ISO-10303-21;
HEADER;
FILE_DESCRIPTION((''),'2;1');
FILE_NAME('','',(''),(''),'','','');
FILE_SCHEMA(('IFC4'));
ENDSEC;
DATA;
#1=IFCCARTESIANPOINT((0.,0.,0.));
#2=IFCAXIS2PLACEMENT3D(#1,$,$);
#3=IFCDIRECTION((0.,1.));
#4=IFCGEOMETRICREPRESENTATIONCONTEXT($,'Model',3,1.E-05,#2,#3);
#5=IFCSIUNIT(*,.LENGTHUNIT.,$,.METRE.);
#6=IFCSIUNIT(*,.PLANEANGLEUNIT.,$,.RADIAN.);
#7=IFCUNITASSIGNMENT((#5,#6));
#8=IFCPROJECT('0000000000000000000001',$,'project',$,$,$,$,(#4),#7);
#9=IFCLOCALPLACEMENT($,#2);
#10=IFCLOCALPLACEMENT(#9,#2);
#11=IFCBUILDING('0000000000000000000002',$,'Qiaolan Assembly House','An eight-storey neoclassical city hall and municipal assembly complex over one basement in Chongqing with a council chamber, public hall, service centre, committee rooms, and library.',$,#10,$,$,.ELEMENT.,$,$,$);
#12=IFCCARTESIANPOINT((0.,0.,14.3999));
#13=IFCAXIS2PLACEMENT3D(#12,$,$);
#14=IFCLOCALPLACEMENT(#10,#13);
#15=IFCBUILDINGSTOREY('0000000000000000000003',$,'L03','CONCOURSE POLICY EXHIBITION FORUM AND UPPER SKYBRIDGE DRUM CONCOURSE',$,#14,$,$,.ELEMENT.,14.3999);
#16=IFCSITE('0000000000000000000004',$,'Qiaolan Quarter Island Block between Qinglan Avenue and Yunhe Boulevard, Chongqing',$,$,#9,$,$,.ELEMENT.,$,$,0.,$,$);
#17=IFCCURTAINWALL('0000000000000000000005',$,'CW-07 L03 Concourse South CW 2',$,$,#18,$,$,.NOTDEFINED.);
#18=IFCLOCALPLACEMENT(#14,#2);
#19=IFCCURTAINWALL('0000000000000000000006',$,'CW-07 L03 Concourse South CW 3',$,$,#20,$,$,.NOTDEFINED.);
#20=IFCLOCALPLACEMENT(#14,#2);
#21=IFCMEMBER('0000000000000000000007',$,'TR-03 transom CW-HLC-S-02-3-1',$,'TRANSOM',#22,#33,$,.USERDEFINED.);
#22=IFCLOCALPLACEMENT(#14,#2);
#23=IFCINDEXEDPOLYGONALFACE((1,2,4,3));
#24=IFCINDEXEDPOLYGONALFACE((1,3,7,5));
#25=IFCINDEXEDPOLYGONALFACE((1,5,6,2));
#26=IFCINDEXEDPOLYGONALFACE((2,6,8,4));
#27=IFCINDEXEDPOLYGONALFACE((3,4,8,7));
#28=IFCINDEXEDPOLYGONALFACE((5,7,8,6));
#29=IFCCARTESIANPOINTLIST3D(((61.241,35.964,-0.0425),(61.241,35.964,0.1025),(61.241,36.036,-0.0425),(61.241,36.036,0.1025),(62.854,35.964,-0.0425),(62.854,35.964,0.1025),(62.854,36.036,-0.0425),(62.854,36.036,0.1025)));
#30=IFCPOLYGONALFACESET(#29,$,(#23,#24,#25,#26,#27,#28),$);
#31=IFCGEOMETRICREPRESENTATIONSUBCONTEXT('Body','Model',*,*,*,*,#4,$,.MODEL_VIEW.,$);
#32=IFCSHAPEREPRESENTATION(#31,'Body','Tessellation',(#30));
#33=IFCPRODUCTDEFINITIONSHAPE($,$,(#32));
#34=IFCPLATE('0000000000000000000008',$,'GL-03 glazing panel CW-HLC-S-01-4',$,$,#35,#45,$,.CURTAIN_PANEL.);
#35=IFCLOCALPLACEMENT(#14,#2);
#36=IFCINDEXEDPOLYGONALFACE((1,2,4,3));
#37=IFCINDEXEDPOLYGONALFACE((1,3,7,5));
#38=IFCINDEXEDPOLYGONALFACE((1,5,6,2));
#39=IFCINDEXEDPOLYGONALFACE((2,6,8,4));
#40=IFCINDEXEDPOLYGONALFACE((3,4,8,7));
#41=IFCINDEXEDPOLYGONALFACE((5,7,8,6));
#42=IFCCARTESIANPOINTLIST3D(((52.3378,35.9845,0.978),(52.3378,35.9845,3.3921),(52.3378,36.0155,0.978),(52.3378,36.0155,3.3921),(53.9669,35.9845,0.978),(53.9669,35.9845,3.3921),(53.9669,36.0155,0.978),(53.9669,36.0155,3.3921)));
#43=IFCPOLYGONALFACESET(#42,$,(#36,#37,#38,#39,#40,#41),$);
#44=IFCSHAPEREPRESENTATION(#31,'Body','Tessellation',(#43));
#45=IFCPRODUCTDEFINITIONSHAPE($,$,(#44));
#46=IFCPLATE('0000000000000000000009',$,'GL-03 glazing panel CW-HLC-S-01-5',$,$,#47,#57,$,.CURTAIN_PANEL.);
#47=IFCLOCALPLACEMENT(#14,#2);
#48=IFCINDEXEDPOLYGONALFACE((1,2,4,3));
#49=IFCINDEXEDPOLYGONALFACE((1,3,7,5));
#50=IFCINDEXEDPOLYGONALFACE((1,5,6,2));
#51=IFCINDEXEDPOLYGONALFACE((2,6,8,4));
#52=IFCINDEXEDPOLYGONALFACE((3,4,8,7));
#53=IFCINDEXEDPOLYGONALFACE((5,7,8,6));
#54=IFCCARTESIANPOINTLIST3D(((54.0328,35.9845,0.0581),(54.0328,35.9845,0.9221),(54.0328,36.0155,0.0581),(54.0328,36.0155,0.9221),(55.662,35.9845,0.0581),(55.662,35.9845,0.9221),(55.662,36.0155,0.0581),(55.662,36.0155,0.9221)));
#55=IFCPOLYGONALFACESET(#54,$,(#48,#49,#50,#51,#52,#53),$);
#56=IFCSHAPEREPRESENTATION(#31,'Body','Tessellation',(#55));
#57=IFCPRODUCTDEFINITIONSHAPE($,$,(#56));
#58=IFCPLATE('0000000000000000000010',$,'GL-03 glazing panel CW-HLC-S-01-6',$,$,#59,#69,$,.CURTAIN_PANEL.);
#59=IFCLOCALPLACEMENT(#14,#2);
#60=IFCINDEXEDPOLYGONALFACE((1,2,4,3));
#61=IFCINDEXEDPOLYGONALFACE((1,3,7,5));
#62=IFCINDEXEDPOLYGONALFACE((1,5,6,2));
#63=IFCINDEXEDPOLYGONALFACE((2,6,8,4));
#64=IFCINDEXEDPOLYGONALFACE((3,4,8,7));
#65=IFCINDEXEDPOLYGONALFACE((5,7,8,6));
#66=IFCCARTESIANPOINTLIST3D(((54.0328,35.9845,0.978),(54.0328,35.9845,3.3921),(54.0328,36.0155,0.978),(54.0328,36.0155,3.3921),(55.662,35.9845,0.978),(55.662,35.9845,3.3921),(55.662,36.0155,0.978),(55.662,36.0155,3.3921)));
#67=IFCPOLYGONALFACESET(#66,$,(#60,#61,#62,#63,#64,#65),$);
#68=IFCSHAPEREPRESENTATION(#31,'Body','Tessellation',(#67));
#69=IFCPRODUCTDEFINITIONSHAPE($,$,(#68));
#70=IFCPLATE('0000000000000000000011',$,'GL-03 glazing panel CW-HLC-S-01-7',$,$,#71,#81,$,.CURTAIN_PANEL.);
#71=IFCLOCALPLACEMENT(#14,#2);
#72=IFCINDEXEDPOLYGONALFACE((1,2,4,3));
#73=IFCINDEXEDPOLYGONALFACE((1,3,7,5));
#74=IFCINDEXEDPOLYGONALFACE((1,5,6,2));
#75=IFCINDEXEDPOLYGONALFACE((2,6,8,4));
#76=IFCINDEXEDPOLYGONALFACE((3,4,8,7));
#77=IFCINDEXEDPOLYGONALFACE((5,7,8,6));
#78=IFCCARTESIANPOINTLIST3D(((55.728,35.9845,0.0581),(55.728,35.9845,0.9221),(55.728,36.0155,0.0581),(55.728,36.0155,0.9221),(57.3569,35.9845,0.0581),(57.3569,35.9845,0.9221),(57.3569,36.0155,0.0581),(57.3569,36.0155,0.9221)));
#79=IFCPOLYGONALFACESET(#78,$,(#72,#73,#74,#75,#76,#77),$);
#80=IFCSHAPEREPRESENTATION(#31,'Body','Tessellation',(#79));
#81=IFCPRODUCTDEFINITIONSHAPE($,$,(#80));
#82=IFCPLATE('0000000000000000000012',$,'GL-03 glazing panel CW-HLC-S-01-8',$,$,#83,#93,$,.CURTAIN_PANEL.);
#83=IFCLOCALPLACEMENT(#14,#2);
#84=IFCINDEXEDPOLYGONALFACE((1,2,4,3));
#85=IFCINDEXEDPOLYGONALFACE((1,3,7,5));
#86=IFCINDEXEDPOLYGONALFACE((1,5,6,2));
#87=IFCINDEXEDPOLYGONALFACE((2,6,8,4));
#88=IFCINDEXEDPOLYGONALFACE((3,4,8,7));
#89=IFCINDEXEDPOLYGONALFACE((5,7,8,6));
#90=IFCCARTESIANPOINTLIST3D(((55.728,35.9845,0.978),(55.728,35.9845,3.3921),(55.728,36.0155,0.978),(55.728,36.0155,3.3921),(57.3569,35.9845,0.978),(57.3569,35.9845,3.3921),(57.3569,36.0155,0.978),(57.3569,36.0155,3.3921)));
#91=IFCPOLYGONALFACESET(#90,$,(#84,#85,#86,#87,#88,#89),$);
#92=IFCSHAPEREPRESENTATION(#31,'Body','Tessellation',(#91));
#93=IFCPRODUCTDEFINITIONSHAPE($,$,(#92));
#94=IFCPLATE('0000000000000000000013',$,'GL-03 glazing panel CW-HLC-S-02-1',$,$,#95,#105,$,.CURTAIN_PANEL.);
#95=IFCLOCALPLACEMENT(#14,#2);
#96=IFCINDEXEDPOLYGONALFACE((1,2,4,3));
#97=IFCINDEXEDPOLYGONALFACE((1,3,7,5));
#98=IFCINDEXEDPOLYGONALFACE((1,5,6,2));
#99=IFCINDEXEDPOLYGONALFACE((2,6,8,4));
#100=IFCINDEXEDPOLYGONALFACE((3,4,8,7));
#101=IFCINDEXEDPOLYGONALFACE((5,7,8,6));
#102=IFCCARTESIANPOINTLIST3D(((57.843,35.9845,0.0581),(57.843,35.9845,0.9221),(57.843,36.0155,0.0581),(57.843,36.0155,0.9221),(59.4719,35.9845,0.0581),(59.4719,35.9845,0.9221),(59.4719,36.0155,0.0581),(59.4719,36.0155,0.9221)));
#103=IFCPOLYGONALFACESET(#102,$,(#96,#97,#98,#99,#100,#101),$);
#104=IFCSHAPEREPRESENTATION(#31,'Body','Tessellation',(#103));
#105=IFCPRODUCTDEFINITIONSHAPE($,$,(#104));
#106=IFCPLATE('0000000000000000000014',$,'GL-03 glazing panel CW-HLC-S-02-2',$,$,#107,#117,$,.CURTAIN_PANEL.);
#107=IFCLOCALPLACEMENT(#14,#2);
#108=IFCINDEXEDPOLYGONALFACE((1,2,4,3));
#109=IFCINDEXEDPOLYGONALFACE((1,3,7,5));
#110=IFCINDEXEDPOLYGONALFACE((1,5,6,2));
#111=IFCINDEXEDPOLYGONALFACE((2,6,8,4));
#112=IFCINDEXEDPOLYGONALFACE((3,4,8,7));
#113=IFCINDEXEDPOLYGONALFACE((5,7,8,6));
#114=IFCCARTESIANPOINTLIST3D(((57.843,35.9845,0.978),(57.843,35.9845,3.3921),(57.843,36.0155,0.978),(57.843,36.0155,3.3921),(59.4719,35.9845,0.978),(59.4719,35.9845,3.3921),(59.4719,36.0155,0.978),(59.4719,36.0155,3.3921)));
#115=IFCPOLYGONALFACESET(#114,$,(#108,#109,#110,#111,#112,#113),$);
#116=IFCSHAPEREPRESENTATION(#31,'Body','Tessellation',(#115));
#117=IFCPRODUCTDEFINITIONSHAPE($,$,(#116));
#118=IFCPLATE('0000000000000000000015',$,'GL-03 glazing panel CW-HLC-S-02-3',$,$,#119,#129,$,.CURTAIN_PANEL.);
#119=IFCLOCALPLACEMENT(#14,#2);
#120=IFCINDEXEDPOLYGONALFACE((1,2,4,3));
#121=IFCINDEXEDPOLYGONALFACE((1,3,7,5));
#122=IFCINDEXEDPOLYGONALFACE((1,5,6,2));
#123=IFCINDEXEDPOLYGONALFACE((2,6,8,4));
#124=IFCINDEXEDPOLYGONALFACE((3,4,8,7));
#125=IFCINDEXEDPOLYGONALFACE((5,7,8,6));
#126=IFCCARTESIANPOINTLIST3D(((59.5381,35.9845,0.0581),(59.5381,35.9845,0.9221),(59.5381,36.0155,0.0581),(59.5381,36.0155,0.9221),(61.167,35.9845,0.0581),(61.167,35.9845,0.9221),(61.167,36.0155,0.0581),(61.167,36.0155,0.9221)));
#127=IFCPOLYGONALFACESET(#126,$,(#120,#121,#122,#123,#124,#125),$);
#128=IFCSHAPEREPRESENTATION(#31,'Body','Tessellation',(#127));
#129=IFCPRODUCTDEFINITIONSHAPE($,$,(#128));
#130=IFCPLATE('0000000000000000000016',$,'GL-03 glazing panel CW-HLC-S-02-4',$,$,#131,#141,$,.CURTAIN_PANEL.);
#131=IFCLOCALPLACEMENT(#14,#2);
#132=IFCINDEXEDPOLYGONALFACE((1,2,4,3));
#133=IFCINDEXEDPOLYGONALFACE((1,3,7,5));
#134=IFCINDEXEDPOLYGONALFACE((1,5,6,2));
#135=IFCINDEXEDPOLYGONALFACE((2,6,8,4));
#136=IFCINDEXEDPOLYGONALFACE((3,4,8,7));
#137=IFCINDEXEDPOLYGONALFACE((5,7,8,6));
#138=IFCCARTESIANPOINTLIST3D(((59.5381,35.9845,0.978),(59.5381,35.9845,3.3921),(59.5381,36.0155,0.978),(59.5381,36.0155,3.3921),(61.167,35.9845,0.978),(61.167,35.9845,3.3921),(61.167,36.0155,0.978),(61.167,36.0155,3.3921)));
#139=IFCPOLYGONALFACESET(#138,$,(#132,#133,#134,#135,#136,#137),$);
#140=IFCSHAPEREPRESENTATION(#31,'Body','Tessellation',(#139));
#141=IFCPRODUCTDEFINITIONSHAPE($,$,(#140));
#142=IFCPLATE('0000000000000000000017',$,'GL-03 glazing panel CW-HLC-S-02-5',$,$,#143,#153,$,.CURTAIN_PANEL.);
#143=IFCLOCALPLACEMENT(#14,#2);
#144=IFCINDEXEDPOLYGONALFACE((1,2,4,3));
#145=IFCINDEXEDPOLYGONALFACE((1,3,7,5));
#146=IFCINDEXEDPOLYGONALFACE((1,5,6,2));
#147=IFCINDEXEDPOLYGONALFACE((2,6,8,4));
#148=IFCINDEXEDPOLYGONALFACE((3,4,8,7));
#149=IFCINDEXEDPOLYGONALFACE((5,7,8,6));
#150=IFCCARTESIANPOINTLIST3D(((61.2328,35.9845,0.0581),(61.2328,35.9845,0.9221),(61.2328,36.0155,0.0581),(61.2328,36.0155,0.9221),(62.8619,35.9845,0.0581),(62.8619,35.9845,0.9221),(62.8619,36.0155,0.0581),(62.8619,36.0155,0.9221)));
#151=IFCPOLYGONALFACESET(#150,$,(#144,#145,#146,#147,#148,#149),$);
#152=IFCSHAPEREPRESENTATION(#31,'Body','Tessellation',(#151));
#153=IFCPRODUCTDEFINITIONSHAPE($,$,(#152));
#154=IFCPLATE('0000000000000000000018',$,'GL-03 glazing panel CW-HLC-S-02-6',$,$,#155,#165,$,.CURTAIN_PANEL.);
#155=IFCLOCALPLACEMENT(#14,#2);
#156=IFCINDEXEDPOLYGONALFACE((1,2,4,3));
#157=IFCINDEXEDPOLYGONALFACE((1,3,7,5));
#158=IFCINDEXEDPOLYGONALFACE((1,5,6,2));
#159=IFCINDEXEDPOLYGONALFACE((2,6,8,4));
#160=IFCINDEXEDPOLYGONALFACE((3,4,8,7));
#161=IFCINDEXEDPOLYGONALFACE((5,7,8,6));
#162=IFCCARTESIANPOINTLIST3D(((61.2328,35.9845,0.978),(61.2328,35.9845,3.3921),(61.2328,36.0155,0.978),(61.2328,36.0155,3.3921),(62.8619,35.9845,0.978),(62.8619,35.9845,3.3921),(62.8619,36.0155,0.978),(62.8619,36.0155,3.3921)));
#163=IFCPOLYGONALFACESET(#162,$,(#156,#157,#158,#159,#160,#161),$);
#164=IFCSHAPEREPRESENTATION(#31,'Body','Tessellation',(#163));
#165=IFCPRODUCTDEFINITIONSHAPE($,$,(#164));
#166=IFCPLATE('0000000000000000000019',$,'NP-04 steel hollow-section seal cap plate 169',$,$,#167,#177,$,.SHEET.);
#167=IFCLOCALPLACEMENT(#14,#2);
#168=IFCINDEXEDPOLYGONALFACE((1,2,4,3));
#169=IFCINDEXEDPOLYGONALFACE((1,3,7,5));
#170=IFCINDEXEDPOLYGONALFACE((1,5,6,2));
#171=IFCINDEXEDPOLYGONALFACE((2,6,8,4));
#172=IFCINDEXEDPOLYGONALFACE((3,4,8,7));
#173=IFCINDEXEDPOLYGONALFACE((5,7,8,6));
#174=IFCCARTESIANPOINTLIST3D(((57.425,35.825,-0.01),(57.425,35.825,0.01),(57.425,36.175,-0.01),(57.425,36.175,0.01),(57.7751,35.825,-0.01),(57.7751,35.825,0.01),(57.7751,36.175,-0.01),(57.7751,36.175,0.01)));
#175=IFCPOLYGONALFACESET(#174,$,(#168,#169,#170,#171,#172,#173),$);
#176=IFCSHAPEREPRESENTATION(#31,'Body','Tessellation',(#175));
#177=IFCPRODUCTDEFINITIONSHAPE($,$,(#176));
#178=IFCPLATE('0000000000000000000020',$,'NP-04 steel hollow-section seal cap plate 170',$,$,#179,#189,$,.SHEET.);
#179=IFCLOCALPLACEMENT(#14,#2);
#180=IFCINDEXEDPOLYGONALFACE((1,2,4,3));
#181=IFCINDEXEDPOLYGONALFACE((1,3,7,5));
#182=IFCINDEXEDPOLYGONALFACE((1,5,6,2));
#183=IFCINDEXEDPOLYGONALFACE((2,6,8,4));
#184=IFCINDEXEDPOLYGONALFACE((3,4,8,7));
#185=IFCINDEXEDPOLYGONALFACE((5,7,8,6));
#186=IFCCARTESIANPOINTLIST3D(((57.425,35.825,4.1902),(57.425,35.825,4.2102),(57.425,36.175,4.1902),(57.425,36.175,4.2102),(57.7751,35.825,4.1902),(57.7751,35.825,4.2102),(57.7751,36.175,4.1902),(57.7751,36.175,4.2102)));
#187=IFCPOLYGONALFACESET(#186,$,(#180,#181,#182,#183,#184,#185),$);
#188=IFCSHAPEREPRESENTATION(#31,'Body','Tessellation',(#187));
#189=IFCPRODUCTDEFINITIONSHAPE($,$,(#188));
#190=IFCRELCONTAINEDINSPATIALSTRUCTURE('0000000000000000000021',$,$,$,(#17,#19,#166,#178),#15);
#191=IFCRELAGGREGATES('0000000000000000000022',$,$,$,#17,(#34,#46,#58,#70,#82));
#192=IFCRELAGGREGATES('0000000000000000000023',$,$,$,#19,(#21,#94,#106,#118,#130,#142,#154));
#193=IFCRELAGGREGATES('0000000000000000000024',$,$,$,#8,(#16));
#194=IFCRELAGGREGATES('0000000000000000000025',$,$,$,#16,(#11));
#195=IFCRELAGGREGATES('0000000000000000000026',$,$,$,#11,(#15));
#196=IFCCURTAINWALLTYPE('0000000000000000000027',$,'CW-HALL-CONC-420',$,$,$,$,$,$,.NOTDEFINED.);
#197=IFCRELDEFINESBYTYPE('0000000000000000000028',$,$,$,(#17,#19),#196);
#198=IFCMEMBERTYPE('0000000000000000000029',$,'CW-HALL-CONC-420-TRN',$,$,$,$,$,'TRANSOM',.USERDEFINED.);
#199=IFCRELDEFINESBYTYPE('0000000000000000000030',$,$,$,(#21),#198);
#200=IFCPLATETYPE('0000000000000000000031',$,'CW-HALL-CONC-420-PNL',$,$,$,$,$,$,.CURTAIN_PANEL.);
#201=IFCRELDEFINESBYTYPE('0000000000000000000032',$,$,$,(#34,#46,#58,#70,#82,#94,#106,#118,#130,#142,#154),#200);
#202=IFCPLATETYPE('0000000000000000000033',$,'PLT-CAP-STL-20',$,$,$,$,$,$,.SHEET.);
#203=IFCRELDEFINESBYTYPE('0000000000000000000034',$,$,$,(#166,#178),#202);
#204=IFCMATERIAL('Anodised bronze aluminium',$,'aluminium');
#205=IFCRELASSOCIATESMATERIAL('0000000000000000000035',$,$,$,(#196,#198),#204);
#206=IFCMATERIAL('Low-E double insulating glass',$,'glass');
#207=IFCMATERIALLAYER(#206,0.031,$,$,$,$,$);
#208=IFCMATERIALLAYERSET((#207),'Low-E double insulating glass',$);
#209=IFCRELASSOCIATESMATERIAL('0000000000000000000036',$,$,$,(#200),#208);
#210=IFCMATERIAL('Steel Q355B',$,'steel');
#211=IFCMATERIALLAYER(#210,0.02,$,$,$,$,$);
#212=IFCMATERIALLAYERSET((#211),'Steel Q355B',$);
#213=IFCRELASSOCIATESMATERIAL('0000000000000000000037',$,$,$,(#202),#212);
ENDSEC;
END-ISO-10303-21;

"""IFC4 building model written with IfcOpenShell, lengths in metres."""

from ifc_helpers import new_model, si_unit, direction, frame, frame_2d, origin, origin_2d, place, context, subcontext, project, spatial, rectangle, extrude, material, layer, layer_set, material_profile, profile_set, type_object, element, aggregate, save


model = new_model("IFC4")

# Units and contexts
model_context = context("Model", 3, precision=1e-05, world=origin(), true_north=direction((0.0, 1.0)))
body_context = subcontext(model_context, "Body", "Model", "MODEL_VIEW")
ifc_project = project(units=[si_unit("LENGTHUNIT", "METRE"), si_unit("PLANEANGLEUNIT", "RADIAN")], contexts=[model_context])

# Site, building, storey
site_placement = place(None, origin())
site = spatial("IfcSite", under=ifc_project, at=site_placement, Name="Qiaolan Quarter Island Block between Qinglan Avenue and Yunhe Boulevard, Chongqing", CompositionType="ELEMENT", RefElevation=0.0)
building_placement = place(site_placement, origin())
building = spatial("IfcBuilding", under=site, at=building_placement, Name="Qiaolan Assembly House", Description="An eight-storey neoclassical city hall and municipal assembly complex over one basement in Chongqing with a council chamber, public hall, service centre, committee rooms, and library.", CompositionType="ELEMENT")
storey_placement = place(building_placement, frame((0.0, 0.0, 14.3999)))
storey = spatial("IfcBuildingStorey", under=building, at=storey_placement, Name="L03", Description="CONCOURSE POLICY EXHIBITION FORUM AND UPPER SKYBRIDGE DRUM CONCOURSE", CompositionType="ELEMENT", Elevation=14.3999)

# Shared definitions
ifc_material_1 = material(Name="Steel Q355B", Category="steel")

# Curtain walls
ifc_material_2 = material(Name="Anodised bronze aluminium", Category="aluminium")
curtain_wall_type = type_object("IfcCurtainWallType", Name="CW-HALL-CONC-420", PredefinedType="NOTDEFINED", material=ifc_material_2)
curtain_wall_1_placement = place(storey_placement, origin())
curtain_wall_1 = element("IfcCurtainWall", 1, at=curtain_wall_1_placement, inside=storey, type_object=curtain_wall_type, Name="CW-07 L03 Concourse South CW 2", PredefinedType="NOTDEFINED")
curtain_wall_2_placement = place(storey_placement, origin())
curtain_wall_2 = element("IfcCurtainWall", 2, at=curtain_wall_2_placement, inside=storey, type_object=curtain_wall_type, Name="CW-07 L03 Concourse South CW 3", PredefinedType="NOTDEFINED")

# Member
ifc_material_profile_1 = material_profile(ifc_material_2, rectangle(XDim=0.072, YDim=0.145, at=origin_2d()), Name="TRN 72x145")
ifc_profile_set_1 = profile_set([ifc_material_profile_1], Name="Anodised bronze aluminium")
member_type_1 = type_object("IfcMemberType", Name="CW-HALL-CONC-420-TRN", ElementType="TRANSOM", PredefinedType="USERDEFINED", material=ifc_profile_set_1)
member_1_placement = place(storey_placement, frame((61.241, 36.0, 0.03), z_axis=(1.0, 0.0, 0.0), x_axis=(0.0, 1.0, 0.0)))
member_1 = element("IfcMember", 3, at=member_1_placement, type_object=member_type_1, Name="TR-03 transom CW-HLC-S-02-3-1", ObjectType="TRANSOM", PredefinedType="USERDEFINED", context=body_context, shape_type="SweptSolid", body=[
    extrude(rectangle(XDim=0.072, YDim=0.145, at=origin_2d()), origin(), (0.0, 0.0, 1.0), 1.613),
])

# Plates
ifc_material_3 = material(Name="Low-E double insulating glass", Category="glass")
ifc_layer_1 = layer(ifc_material_3, 0.031)
ifc_layer_set_1 = layer_set([ifc_layer_1], Name="Low-E double insulating glass")
plate_type_1 = type_object("IfcPlateType", Name="CW-HALL-CONC-420-PNL", PredefinedType="CURTAIN_PANEL", material=ifc_layer_set_1)
plate_1_placement = place(storey_placement, frame((52.3379, 36.0, 0.978), z_axis=(0.0, 0.0, 1.0), x_axis=(1.0, 0.0, 0.0)))
plate_1 = element("IfcPlate", 4, at=plate_1_placement, type_object=plate_type_1, Name="GL-03 glazing panel CW-HLC-S-01-4", PredefinedType="CURTAIN_PANEL", context=body_context, shape_type="SweptSolid", body=[
    extrude(rectangle(XDim=1.6292, YDim=0.031, at=frame_2d((0.8145, 0.0))), origin(), (0.0, 0.0, 1.0), 2.4141),
])
plate_2_placement = place(storey_placement, frame((54.033, 36.0, 0.0581), z_axis=(0.0, 0.0, 1.0), x_axis=(1.0, 0.0, 0.0)))
plate_2 = element("IfcPlate", 5, at=plate_2_placement, type_object=plate_type_1, Name="GL-03 glazing panel CW-HLC-S-01-5", PredefinedType="CURTAIN_PANEL", context=body_context, shape_type="SweptSolid", body=[
    extrude(rectangle(XDim=1.6292, YDim=0.031, at=frame_2d((0.8145, 0.0))), origin(), (0.0, 0.0, 1.0), 0.864),
])
plate_3_placement = place(storey_placement, frame((54.033, 36.0, 0.978), z_axis=(0.0, 0.0, 1.0), x_axis=(1.0, 0.0, 0.0)))
plate_3 = element("IfcPlate", 6, at=plate_3_placement, type_object=plate_type_1, Name="GL-03 glazing panel CW-HLC-S-01-6", PredefinedType="CURTAIN_PANEL", context=body_context, shape_type="SweptSolid", body=[
    extrude(rectangle(XDim=1.6292, YDim=0.031, at=frame_2d((0.8145, 0.0))), origin(), (0.0, 0.0, 1.0), 2.4141),
])
plate_4_placement = place(storey_placement, frame((55.728, 36.0, 0.0581), z_axis=(0.0, 0.0, 1.0), x_axis=(1.0, 0.0, 0.0)))
plate_4 = element("IfcPlate", 7, at=plate_4_placement, type_object=plate_type_1, Name="GL-03 glazing panel CW-HLC-S-01-7", PredefinedType="CURTAIN_PANEL", context=body_context, shape_type="SweptSolid", body=[
    extrude(rectangle(XDim=1.6289, YDim=0.031, at=frame_2d((0.8145, 0.0))), origin(), (0.0, 0.0, 1.0), 0.864),
])
plate_5_placement = place(storey_placement, frame((55.728, 36.0, 0.978), z_axis=(0.0, 0.0, 1.0), x_axis=(1.0, 0.0, 0.0)))
plate_5 = element("IfcPlate", 8, at=plate_5_placement, type_object=plate_type_1, Name="GL-03 glazing panel CW-HLC-S-01-8", PredefinedType="CURTAIN_PANEL", context=body_context, shape_type="SweptSolid", body=[
    extrude(rectangle(XDim=1.6289, YDim=0.031, at=frame_2d((0.8145, 0.0))), origin(), (0.0, 0.0, 1.0), 2.4141),
])
aggregate(curtain_wall_1, [plate_1, plate_2, plate_3, plate_4, plate_5])
plate_6_placement = place(storey_placement, frame((57.843, 36.0, 0.0581), z_axis=(0.0, 0.0, 1.0), x_axis=(1.0, 0.0, 0.0)))
plate_6 = element("IfcPlate", 9, at=plate_6_placement, type_object=plate_type_1, Name="GL-03 glazing panel CW-HLC-S-02-1", PredefinedType="CURTAIN_PANEL", context=body_context, shape_type="SweptSolid", body=[
    extrude(rectangle(XDim=1.6289, YDim=0.031, at=frame_2d((0.8145, 0.0))), origin(), (0.0, 0.0, 1.0), 0.864),
])
plate_7_placement = place(storey_placement, frame((57.843, 36.0, 0.978), z_axis=(0.0, 0.0, 1.0), x_axis=(1.0, 0.0, 0.0)))
plate_7 = element("IfcPlate", 10, at=plate_7_placement, type_object=plate_type_1, Name="GL-03 glazing panel CW-HLC-S-02-2", PredefinedType="CURTAIN_PANEL", context=body_context, shape_type="SweptSolid", body=[
    extrude(rectangle(XDim=1.6289, YDim=0.031, at=frame_2d((0.8145, 0.0))), origin(), (0.0, 0.0, 1.0), 2.4141),
])
plate_8_placement = place(storey_placement, frame((59.5381, 36.0, 0.0581), z_axis=(0.0, 0.0, 1.0), x_axis=(1.0, 0.0, 0.0)))
plate_8 = element("IfcPlate", 11, at=plate_8_placement, type_object=plate_type_1, Name="GL-03 glazing panel CW-HLC-S-02-3", PredefinedType="CURTAIN_PANEL", context=body_context, shape_type="SweptSolid", body=[
    extrude(rectangle(XDim=1.6289, YDim=0.031, at=frame_2d((0.8145, 0.0))), origin(), (0.0, 0.0, 1.0), 0.864),
])
plate_9_placement = place(storey_placement, frame((59.5381, 36.0, 0.978), z_axis=(0.0, 0.0, 1.0), x_axis=(1.0, 0.0, 0.0)))
plate_9 = element("IfcPlate", 12, at=plate_9_placement, type_object=plate_type_1, Name="GL-03 glazing panel CW-HLC-S-02-4", PredefinedType="CURTAIN_PANEL", context=body_context, shape_type="SweptSolid", body=[
    extrude(rectangle(XDim=1.6289, YDim=0.031, at=frame_2d((0.8145, 0.0))), origin(), (0.0, 0.0, 1.0), 2.4141),
])
plate_10_placement = place(storey_placement, frame((61.2329, 36.0, 0.0581), z_axis=(0.0, 0.0, 1.0), x_axis=(1.0, 0.0, 0.0)))
plate_10 = element("IfcPlate", 13, at=plate_10_placement, type_object=plate_type_1, Name="GL-03 glazing panel CW-HLC-S-02-5", PredefinedType="CURTAIN_PANEL", context=body_context, shape_type="SweptSolid", body=[
    extrude(rectangle(XDim=1.6292, YDim=0.031, at=frame_2d((0.8145, 0.0))), origin(), (0.0, 0.0, 1.0), 0.864),
])
plate_11_placement = place(storey_placement, frame((61.2329, 36.0, 0.978), z_axis=(0.0, 0.0, 1.0), x_axis=(1.0, 0.0, 0.0)))
plate_11 = element("IfcPlate", 14, at=plate_11_placement, type_object=plate_type_1, Name="GL-03 glazing panel CW-HLC-S-02-6", PredefinedType="CURTAIN_PANEL", context=body_context, shape_type="SweptSolid", body=[
    extrude(rectangle(XDim=1.6292, YDim=0.031, at=frame_2d((0.8145, 0.0))), origin(), (0.0, 0.0, 1.0), 2.4141),
])
aggregate(curtain_wall_2, [member_1, plate_6, plate_7, plate_8, plate_9, plate_10, plate_11])

# Plates
ifc_layer_2 = layer(ifc_material_1, 0.02)
ifc_layer_set_2 = layer_set([ifc_layer_2], Name="Steel Q355B")
plate_type_2 = type_object("IfcPlateType", Name="PLT-CAP-STL-20", PredefinedType="SHEET", material=ifc_layer_set_2)
for number, where, z_axis, x_axis, name in (
    (15, (57.6001, 36.0, -0.01), (0.0, 0.0, 1.0), (1.0, 0.0, 0.0), "NP-04 steel hollow-section seal cap plate 169"),
    (16, (57.6001, 36.0, 4.1902), (0.0, 0.0, 1.0), (1.0, 0.0, 0.0), "NP-04 steel hollow-section seal cap plate 170"),
):
    element("IfcPlate", number, at=place(storey_placement, frame(where, z_axis=z_axis, x_axis=x_axis)), inside=storey, type_object=plate_type_2, Name=name, PredefinedType="SHEET", context=body_context, shape_type="SweptSolid", body=[
        extrude(rectangle(XDim=0.3501, YDim=0.3501, at=origin_2d()), origin(), (0.0, 0.0, 1.0), 0.02),
    ])

save(model, "model.ifc")
